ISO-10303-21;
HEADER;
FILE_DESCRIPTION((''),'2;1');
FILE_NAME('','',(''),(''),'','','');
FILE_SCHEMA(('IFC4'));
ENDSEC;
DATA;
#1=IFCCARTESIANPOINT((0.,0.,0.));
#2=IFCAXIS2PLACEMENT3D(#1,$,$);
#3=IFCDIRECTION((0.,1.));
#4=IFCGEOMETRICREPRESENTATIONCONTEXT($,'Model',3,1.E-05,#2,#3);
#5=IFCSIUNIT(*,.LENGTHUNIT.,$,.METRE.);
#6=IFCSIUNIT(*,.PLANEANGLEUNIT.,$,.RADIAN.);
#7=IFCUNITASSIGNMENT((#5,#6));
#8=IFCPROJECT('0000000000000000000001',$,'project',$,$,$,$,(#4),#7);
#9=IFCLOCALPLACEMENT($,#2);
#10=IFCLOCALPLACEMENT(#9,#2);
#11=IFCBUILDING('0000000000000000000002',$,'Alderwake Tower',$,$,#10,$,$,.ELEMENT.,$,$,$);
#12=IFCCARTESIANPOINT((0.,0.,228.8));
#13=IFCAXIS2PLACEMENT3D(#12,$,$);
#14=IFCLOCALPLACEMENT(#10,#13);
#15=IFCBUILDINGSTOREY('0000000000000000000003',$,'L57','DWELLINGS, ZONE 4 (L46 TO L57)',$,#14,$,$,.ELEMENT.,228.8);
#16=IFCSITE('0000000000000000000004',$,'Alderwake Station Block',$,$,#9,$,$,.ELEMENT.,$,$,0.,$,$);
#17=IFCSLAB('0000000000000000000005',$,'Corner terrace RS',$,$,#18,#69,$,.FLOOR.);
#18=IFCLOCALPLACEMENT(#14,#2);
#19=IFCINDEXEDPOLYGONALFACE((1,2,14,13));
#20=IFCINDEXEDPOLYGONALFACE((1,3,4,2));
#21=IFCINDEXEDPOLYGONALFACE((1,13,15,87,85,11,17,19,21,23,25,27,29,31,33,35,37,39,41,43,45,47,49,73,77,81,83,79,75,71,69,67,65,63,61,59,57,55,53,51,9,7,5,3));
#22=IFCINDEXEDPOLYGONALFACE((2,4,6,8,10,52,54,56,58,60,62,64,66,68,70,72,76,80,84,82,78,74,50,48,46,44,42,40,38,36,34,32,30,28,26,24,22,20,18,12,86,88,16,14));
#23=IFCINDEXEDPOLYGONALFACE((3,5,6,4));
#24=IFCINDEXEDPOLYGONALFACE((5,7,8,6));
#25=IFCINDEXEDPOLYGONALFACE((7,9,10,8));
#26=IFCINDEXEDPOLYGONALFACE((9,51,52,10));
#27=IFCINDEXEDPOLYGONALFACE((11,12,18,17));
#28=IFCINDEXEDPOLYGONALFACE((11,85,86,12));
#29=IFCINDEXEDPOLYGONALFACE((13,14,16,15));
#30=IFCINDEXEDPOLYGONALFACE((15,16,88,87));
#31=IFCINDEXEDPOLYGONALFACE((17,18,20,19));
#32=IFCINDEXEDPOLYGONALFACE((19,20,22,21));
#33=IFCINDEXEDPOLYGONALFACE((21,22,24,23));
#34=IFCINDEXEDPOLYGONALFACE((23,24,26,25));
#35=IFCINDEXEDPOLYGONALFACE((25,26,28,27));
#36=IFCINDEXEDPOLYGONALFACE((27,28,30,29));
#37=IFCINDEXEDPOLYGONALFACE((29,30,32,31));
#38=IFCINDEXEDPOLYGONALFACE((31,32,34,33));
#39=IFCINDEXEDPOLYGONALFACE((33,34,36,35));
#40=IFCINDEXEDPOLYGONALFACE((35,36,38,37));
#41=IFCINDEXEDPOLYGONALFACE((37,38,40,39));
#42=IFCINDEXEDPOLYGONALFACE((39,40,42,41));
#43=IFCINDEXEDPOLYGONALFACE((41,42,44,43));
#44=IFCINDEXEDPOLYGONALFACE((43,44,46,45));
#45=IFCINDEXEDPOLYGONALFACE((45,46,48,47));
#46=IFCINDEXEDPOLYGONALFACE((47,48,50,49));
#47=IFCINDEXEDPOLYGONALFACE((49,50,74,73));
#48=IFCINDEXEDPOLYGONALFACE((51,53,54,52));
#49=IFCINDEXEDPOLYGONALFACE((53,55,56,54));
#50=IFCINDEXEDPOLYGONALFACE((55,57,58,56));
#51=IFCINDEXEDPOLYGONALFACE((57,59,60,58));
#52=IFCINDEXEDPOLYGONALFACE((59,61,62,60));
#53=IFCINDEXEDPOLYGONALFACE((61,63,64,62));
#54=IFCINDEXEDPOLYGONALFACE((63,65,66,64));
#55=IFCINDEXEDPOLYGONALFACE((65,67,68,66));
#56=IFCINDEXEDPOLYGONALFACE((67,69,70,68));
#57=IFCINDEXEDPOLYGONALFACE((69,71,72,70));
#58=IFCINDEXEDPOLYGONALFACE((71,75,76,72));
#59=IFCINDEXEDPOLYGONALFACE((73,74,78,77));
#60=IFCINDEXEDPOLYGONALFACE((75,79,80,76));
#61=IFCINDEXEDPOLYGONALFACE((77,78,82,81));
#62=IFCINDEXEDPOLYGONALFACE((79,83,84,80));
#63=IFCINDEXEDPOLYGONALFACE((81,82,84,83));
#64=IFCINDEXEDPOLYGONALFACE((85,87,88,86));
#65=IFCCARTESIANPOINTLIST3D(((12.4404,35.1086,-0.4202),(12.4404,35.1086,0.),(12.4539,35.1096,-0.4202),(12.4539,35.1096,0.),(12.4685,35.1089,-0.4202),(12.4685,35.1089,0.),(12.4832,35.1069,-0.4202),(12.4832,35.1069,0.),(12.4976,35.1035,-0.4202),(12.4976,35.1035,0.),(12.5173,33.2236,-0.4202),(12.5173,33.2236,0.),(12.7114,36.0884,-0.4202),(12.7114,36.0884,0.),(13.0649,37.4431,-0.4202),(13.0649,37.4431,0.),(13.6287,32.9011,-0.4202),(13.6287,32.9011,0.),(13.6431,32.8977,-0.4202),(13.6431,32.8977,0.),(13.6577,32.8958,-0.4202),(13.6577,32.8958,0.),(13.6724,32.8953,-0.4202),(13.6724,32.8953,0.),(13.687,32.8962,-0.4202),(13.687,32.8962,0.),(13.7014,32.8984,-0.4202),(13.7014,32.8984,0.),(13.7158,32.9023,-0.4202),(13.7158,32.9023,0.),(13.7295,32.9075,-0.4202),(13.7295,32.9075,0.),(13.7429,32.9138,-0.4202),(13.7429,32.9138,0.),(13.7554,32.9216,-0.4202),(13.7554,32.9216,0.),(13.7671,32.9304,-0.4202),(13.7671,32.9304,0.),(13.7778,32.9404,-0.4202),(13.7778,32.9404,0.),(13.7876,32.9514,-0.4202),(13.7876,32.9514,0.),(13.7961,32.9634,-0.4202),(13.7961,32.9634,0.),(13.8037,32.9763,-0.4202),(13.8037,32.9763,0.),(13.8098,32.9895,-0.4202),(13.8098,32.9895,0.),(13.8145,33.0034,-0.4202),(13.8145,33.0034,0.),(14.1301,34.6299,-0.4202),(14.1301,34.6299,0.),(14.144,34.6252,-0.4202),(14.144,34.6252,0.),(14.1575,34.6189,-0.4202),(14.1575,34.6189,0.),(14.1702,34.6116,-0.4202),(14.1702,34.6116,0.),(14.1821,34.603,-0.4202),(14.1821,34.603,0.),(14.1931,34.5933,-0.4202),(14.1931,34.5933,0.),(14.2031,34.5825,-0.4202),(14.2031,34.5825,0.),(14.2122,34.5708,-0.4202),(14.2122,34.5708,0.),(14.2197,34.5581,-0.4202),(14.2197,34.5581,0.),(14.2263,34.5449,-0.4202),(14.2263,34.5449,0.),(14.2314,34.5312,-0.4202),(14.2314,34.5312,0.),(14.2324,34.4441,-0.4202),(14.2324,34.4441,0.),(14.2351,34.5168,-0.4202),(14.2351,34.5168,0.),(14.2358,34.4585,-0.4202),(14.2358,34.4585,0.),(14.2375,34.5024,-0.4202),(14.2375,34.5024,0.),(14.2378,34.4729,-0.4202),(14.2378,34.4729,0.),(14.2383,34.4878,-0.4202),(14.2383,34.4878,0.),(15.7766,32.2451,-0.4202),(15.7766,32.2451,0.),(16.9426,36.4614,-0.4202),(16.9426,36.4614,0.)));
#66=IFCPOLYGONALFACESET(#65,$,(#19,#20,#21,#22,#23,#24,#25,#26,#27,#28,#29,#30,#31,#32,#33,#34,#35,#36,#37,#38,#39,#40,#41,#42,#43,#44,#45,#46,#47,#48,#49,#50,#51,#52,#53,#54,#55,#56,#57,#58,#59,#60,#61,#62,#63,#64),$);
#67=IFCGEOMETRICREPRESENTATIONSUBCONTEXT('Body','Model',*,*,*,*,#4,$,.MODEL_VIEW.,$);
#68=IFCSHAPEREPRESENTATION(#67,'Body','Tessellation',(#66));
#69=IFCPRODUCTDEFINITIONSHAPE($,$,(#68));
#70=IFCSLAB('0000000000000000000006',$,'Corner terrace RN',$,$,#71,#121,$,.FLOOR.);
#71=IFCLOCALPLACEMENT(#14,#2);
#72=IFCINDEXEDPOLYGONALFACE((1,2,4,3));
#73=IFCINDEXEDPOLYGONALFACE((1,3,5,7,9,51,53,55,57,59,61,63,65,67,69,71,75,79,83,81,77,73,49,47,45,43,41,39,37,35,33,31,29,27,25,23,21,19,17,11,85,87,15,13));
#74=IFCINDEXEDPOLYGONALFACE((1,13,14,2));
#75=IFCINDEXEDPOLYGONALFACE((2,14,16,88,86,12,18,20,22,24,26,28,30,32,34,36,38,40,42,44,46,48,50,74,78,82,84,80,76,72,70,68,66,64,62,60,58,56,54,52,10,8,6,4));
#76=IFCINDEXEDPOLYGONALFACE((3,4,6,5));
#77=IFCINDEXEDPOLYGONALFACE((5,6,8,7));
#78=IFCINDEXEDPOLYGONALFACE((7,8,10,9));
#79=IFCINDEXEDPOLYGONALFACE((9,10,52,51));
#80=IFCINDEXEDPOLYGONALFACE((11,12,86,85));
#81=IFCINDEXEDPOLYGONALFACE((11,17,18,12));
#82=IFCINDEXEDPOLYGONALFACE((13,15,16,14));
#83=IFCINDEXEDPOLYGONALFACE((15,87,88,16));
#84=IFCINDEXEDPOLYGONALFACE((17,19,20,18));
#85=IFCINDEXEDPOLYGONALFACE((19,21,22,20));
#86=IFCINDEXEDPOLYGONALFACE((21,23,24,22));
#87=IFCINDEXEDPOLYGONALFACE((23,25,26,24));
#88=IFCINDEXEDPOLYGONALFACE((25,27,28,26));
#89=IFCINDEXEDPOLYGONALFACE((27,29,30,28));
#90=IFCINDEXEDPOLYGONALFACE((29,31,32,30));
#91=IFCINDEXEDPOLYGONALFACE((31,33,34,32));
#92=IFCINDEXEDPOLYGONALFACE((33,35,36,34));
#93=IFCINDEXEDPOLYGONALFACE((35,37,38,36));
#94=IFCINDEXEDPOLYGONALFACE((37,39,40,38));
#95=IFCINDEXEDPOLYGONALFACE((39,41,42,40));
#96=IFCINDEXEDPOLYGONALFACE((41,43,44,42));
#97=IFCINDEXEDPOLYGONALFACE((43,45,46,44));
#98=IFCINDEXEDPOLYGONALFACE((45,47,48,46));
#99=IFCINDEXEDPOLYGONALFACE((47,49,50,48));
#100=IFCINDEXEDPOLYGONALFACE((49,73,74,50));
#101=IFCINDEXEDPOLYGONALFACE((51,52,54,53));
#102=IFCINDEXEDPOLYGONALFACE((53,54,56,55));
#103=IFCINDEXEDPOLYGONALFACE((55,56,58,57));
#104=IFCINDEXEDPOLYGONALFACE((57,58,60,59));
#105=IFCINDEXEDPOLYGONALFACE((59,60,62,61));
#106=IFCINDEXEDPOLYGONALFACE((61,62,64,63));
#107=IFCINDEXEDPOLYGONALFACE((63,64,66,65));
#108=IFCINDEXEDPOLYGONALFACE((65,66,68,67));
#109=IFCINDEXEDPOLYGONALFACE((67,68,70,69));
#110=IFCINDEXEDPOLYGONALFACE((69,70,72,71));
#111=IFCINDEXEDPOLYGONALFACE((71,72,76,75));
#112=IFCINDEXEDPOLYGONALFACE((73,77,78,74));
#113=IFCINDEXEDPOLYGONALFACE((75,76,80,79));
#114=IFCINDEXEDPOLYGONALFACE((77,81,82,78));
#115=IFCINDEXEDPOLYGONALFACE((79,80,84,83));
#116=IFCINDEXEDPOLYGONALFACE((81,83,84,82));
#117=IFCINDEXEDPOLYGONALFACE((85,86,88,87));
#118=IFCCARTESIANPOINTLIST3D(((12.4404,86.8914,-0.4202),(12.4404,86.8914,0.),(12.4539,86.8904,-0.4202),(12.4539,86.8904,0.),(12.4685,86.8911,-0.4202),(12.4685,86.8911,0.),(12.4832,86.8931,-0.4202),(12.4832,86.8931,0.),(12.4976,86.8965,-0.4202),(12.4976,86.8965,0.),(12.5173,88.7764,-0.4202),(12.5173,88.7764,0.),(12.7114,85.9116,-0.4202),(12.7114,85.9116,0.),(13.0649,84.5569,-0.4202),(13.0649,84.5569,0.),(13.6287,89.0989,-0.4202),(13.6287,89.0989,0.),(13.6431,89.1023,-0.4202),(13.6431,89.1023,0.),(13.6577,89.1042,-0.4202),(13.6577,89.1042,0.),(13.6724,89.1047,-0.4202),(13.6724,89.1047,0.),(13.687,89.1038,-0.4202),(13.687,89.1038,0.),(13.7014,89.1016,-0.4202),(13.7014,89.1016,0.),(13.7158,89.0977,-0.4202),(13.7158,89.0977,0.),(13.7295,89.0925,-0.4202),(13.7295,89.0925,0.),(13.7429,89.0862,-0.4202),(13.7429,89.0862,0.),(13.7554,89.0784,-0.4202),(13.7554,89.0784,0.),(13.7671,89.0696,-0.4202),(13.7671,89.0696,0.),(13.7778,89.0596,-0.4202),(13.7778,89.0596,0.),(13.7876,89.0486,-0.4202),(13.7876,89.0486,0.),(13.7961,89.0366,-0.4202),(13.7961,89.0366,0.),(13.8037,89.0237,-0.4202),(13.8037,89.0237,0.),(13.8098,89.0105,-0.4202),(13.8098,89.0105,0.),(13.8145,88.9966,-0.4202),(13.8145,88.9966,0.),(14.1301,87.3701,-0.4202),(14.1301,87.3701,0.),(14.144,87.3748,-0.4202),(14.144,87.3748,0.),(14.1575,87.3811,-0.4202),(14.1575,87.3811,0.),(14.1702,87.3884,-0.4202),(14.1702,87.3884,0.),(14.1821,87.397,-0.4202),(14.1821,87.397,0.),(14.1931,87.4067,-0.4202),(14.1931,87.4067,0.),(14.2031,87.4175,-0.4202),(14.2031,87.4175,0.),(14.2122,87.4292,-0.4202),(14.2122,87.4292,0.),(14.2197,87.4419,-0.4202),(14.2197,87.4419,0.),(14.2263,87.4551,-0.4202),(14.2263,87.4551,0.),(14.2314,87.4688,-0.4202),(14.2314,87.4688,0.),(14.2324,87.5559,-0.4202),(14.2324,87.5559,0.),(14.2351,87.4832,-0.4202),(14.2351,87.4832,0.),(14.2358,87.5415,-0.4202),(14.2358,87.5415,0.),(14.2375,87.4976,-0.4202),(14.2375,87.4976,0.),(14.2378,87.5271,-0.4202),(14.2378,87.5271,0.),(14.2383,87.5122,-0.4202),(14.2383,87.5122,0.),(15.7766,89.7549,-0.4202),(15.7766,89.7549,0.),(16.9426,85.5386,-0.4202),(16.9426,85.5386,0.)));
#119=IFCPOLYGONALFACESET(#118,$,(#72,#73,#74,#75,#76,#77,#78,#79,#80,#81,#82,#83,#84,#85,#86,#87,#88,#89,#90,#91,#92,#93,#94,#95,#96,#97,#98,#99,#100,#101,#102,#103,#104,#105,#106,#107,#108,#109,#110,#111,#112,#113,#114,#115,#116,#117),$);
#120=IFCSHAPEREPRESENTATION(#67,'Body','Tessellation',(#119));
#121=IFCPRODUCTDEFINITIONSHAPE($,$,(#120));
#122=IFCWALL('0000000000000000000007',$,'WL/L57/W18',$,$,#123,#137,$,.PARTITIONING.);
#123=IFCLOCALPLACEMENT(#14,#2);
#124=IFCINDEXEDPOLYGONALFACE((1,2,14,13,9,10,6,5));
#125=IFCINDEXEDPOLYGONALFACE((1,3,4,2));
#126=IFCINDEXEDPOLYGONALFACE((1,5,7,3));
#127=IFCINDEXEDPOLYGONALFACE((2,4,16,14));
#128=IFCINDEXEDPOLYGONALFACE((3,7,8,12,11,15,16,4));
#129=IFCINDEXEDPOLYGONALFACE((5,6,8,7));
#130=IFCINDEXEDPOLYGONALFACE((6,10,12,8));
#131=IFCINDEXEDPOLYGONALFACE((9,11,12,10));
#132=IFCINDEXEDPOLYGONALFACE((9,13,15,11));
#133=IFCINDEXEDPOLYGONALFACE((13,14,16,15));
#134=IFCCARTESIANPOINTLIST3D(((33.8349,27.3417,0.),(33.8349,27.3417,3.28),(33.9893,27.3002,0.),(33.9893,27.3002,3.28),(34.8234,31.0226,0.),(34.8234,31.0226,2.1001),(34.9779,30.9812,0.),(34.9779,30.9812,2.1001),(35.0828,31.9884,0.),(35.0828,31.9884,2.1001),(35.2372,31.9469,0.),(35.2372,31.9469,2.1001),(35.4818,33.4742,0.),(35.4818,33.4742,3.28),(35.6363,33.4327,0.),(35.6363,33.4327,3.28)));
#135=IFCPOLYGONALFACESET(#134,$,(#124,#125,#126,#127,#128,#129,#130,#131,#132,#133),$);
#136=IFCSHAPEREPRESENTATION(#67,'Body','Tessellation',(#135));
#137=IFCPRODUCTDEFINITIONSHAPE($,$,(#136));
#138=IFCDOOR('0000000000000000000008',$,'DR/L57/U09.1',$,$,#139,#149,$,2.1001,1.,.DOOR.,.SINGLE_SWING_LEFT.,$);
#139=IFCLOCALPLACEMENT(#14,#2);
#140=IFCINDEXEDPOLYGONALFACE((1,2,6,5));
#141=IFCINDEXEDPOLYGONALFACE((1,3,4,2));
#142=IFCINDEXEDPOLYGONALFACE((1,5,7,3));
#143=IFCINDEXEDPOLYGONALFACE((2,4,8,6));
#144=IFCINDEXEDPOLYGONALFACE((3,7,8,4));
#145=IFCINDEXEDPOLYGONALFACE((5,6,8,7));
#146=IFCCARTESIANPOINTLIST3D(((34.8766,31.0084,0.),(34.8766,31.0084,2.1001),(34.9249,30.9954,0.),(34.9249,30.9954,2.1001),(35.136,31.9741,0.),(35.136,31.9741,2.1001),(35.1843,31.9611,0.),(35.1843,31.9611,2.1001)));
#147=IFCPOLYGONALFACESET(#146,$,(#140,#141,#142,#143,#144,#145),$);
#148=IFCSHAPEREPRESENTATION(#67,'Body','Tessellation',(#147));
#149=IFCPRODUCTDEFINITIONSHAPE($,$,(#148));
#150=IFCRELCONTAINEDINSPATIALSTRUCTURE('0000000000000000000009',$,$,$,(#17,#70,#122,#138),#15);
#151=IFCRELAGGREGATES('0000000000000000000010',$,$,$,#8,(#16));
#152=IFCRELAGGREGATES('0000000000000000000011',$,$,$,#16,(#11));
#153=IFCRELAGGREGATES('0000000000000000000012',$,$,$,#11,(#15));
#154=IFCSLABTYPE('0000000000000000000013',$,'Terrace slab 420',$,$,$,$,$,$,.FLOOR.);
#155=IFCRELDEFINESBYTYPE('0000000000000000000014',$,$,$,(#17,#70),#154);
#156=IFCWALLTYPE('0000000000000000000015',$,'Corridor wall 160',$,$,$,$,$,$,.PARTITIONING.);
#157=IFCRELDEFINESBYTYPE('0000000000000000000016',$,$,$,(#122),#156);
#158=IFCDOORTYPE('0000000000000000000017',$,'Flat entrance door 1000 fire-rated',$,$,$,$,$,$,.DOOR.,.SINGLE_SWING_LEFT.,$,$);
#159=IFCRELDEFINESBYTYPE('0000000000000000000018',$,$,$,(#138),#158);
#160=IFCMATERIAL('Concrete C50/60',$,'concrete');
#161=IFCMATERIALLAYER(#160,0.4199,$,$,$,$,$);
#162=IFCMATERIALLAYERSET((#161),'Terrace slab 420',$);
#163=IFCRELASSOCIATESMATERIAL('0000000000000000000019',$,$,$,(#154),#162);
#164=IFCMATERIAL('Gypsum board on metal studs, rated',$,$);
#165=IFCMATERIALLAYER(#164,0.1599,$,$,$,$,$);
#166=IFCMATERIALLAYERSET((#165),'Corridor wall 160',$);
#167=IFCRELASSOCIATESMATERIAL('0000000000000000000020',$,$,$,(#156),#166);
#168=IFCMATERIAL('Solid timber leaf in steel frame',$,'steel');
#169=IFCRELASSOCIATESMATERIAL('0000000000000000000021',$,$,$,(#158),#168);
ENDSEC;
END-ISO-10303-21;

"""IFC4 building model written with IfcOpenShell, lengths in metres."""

from ifc_helpers import new_model, si_unit, direction, frame, frame_2d, origin, place, context, subcontext, project, spatial, polyline, rectangle, outline, extrude, material, layer, layer_set, type_object, element, fill, save


model = new_model("IFC4")

# Units and contexts
model_context = context("Model", 3, precision=1e-05, world=origin(), true_north=direction((0.0, 1.0)))
body_context = subcontext(model_context, "Body", "Model", "MODEL_VIEW")
ifc_project = project(units=[si_unit("LENGTHUNIT", "METRE"), si_unit("PLANEANGLEUNIT", "RADIAN")], contexts=[model_context])

# Site, building, storey
site_placement = place(None, origin())
site = spatial("IfcSite", under=ifc_project, at=site_placement, Name="Alderwake Station Block", CompositionType="ELEMENT", RefElevation=0.0)
building_placement = place(site_placement, origin())
building = spatial("IfcBuilding", under=site, at=building_placement, Name="Alderwake Tower", CompositionType="ELEMENT")
storey_placement = place(building_placement, frame((0.0, 0.0, 228.8)))
storey = spatial("IfcBuildingStorey", under=building, at=storey_placement, Name="L57", Description="DWELLINGS, ZONE 4 (L46 TO L57)", CompositionType="ELEMENT", Elevation=228.8)

# Slabs
ifc_material_1 = material(Name="Concrete C50/60", Category="concrete")
ifc_layer_1 = layer(ifc_material_1, 0.4199)
ifc_layer_set_1 = layer_set([ifc_layer_1], Name="Terrace slab 420")
slab_type_1 = type_object("IfcSlabType", Name="Terrace slab 420", PredefinedType="FLOOR", material=ifc_layer_set_1)
slab_1_placement = place(storey_placement, frame((0.0, 0.0, -0.4202)))
element("IfcSlab", 1, at=slab_1_placement, inside=storey, type_object=slab_type_1, Name="Corner terrace RS", PredefinedType="FLOOR", context=body_context, shape_type="SweptSolid", body=[
    extrude(outline(polyline([(15.7766, 32.2451), (12.5173, 33.2236), (13.6287, 32.9011), (13.6431, 32.8977), (13.6577, 32.8958), (13.6724, 32.8953), (13.687, 32.8962), (13.7014, 32.8984), (13.7158, 32.9023), (13.7295, 32.9075), (13.7429, 32.9138), (13.7554, 32.9216), (13.7671, 32.9304), (13.7778, 32.9404), (13.7876, 32.9514), (13.7961, 32.9634), (13.8037, 32.9763), (13.8098, 32.9895), (13.8145, 33.0034), (14.2324, 34.4441), (14.2358, 34.4585), (14.2378, 34.4729), (14.2383, 34.4878), (14.2375, 34.5024), (14.2351, 34.5168), (14.2314, 34.5312), (14.2263, 34.5449), (14.2197, 34.5581), (14.2122, 34.5708), (14.2031, 34.5825), (14.1931, 34.5933), (14.1821, 34.603), (14.1702, 34.6116), (14.1575, 34.6189), (14.144, 34.6252), (14.1301, 34.6299), (12.4976, 35.1035), (12.4832, 35.1069), (12.4685, 35.1089), (12.4539, 35.1096), (12.4404, 35.1086), (12.7114, 36.0884), (13.0649, 37.4431), (16.9426, 36.4614), (15.7766, 32.2451)])), origin(), (0.0, 0.0, 1.0), 0.4202),
])
slab_2_placement = place(storey_placement, frame((0.0, 0.0, -0.4202)))
element("IfcSlab", 2, at=slab_2_placement, inside=storey, type_object=slab_type_1, Name="Corner terrace RN", PredefinedType="FLOOR", context=body_context, shape_type="SweptSolid", body=[
    extrude(outline(polyline([(12.4404, 86.8914), (12.4539, 86.8904), (12.4685, 86.8911), (12.4832, 86.8931), (12.4976, 86.8965), (14.1301, 87.3701), (14.144, 87.3748), (14.1575, 87.3811), (14.1702, 87.3884), (14.1821, 87.397), (14.1931, 87.4067), (14.2031, 87.4175), (14.2122, 87.4292), (14.2197, 87.4419), (14.2263, 87.4551), (14.2314, 87.4688), (14.2351, 87.4832), (14.2375, 87.4976), (14.2383, 87.5122), (14.2378, 87.5271), (14.2358, 87.5415), (14.2324, 87.5559), (13.8145, 88.9966), (13.8098, 89.0105), (13.8037, 89.0237), (13.7961, 89.0366), (13.7876, 89.0486), (13.7778, 89.0596), (13.7671, 89.0696), (13.7554, 89.0784), (13.7429, 89.0862), (13.7295, 89.0925), (13.7158, 89.0977), (13.7014, 89.1016), (13.687, 89.1038), (13.6724, 89.1047), (13.6577, 89.1042), (13.6431, 89.1023), (13.6287, 89.0989), (12.5173, 88.7764), (15.7766, 89.7549), (16.9426, 85.5386), (13.0649, 84.5569), (12.7114, 85.9116), (12.4404, 86.8914)])), origin(), (0.0, 0.0, 1.0), 0.4202),
])

# Wall, opening, door
ifc_material_2 = material(Name="Gypsum board on metal studs, rated")
ifc_layer_2 = layer(ifc_material_2, 0.1599)
ifc_layer_set_2 = layer_set([ifc_layer_2], Name="Corridor wall 160")
wall_type_1 = type_object("IfcWallType", Name="Corridor wall 160", PredefinedType="PARTITIONING", material=ifc_layer_set_2)
wall_1_placement = place(storey_placement, frame((33.9121, 27.321, 0.0), z_axis=(0.0, 0.0, 1.0), x_axis=(0.259371, 0.965778, 0.0)))
wall_1 = element("IfcWall", 3, at=wall_1_placement, inside=storey, type_object=wall_type_1, Name="WL/L57/W18", PredefinedType="PARTITIONING", context=body_context, shape_type="SweptSolid", body=[
    extrude(rectangle(XDim=6.3499, YDim=0.1599, at=frame_2d((3.1748, 0.0))), origin(), (0.0, 0.0, 1.0), 3.28),
])
opening_1_placement = place(wall_1_placement, frame((3.8113, 0.0, 0.0)))
opening_1 = element("IfcOpeningElement", 4, at=opening_1_placement, cuts=wall_1, PredefinedType="OPENING", context=body_context, shape_type="SweptSolid", body=[
    extrude(rectangle(XDim=1.0, YDim=2.1001, at=frame_2d((0.5, 1.05))), frame((0.0, 0.0898, 0.0), z_axis=(0.0, -1.0, 0.0), x_axis=(1.0, 0.0, 0.0)), (0.0, 0.0, 1.0), 0.1799),
])
ifc_material_3 = material(Name="Solid timber leaf in steel frame", Category="steel")
door_type_1 = type_object("IfcDoorType", Name="Flat entrance door 1000 fire-rated", OperationType="SINGLE_SWING_LEFT", PredefinedType="DOOR", material=ifc_material_3)
door_1_placement = place(opening_1_placement, origin())
door_1 = element("IfcDoor", 5, at=door_1_placement, inside=storey, type_object=door_type_1, Name="DR/L57/U09.1", OperationType="SINGLE_SWING_LEFT", OverallHeight=2.1001, OverallWidth=1.0, PredefinedType="DOOR", context=body_context, shape_type="SweptSolid", body=[
    extrude(rectangle(XDim=1.0, YDim=2.1001, at=frame_2d((0.5, 1.05))), frame((0.0, 0.0249, 0.0), z_axis=(0.0, -1.0, 0.0), x_axis=(1.0, 0.0, 0.0)), (0.0, 0.0, 1.0), 0.05),
])
fill(opening_1, door_1)

save(model, "model.ifc")
